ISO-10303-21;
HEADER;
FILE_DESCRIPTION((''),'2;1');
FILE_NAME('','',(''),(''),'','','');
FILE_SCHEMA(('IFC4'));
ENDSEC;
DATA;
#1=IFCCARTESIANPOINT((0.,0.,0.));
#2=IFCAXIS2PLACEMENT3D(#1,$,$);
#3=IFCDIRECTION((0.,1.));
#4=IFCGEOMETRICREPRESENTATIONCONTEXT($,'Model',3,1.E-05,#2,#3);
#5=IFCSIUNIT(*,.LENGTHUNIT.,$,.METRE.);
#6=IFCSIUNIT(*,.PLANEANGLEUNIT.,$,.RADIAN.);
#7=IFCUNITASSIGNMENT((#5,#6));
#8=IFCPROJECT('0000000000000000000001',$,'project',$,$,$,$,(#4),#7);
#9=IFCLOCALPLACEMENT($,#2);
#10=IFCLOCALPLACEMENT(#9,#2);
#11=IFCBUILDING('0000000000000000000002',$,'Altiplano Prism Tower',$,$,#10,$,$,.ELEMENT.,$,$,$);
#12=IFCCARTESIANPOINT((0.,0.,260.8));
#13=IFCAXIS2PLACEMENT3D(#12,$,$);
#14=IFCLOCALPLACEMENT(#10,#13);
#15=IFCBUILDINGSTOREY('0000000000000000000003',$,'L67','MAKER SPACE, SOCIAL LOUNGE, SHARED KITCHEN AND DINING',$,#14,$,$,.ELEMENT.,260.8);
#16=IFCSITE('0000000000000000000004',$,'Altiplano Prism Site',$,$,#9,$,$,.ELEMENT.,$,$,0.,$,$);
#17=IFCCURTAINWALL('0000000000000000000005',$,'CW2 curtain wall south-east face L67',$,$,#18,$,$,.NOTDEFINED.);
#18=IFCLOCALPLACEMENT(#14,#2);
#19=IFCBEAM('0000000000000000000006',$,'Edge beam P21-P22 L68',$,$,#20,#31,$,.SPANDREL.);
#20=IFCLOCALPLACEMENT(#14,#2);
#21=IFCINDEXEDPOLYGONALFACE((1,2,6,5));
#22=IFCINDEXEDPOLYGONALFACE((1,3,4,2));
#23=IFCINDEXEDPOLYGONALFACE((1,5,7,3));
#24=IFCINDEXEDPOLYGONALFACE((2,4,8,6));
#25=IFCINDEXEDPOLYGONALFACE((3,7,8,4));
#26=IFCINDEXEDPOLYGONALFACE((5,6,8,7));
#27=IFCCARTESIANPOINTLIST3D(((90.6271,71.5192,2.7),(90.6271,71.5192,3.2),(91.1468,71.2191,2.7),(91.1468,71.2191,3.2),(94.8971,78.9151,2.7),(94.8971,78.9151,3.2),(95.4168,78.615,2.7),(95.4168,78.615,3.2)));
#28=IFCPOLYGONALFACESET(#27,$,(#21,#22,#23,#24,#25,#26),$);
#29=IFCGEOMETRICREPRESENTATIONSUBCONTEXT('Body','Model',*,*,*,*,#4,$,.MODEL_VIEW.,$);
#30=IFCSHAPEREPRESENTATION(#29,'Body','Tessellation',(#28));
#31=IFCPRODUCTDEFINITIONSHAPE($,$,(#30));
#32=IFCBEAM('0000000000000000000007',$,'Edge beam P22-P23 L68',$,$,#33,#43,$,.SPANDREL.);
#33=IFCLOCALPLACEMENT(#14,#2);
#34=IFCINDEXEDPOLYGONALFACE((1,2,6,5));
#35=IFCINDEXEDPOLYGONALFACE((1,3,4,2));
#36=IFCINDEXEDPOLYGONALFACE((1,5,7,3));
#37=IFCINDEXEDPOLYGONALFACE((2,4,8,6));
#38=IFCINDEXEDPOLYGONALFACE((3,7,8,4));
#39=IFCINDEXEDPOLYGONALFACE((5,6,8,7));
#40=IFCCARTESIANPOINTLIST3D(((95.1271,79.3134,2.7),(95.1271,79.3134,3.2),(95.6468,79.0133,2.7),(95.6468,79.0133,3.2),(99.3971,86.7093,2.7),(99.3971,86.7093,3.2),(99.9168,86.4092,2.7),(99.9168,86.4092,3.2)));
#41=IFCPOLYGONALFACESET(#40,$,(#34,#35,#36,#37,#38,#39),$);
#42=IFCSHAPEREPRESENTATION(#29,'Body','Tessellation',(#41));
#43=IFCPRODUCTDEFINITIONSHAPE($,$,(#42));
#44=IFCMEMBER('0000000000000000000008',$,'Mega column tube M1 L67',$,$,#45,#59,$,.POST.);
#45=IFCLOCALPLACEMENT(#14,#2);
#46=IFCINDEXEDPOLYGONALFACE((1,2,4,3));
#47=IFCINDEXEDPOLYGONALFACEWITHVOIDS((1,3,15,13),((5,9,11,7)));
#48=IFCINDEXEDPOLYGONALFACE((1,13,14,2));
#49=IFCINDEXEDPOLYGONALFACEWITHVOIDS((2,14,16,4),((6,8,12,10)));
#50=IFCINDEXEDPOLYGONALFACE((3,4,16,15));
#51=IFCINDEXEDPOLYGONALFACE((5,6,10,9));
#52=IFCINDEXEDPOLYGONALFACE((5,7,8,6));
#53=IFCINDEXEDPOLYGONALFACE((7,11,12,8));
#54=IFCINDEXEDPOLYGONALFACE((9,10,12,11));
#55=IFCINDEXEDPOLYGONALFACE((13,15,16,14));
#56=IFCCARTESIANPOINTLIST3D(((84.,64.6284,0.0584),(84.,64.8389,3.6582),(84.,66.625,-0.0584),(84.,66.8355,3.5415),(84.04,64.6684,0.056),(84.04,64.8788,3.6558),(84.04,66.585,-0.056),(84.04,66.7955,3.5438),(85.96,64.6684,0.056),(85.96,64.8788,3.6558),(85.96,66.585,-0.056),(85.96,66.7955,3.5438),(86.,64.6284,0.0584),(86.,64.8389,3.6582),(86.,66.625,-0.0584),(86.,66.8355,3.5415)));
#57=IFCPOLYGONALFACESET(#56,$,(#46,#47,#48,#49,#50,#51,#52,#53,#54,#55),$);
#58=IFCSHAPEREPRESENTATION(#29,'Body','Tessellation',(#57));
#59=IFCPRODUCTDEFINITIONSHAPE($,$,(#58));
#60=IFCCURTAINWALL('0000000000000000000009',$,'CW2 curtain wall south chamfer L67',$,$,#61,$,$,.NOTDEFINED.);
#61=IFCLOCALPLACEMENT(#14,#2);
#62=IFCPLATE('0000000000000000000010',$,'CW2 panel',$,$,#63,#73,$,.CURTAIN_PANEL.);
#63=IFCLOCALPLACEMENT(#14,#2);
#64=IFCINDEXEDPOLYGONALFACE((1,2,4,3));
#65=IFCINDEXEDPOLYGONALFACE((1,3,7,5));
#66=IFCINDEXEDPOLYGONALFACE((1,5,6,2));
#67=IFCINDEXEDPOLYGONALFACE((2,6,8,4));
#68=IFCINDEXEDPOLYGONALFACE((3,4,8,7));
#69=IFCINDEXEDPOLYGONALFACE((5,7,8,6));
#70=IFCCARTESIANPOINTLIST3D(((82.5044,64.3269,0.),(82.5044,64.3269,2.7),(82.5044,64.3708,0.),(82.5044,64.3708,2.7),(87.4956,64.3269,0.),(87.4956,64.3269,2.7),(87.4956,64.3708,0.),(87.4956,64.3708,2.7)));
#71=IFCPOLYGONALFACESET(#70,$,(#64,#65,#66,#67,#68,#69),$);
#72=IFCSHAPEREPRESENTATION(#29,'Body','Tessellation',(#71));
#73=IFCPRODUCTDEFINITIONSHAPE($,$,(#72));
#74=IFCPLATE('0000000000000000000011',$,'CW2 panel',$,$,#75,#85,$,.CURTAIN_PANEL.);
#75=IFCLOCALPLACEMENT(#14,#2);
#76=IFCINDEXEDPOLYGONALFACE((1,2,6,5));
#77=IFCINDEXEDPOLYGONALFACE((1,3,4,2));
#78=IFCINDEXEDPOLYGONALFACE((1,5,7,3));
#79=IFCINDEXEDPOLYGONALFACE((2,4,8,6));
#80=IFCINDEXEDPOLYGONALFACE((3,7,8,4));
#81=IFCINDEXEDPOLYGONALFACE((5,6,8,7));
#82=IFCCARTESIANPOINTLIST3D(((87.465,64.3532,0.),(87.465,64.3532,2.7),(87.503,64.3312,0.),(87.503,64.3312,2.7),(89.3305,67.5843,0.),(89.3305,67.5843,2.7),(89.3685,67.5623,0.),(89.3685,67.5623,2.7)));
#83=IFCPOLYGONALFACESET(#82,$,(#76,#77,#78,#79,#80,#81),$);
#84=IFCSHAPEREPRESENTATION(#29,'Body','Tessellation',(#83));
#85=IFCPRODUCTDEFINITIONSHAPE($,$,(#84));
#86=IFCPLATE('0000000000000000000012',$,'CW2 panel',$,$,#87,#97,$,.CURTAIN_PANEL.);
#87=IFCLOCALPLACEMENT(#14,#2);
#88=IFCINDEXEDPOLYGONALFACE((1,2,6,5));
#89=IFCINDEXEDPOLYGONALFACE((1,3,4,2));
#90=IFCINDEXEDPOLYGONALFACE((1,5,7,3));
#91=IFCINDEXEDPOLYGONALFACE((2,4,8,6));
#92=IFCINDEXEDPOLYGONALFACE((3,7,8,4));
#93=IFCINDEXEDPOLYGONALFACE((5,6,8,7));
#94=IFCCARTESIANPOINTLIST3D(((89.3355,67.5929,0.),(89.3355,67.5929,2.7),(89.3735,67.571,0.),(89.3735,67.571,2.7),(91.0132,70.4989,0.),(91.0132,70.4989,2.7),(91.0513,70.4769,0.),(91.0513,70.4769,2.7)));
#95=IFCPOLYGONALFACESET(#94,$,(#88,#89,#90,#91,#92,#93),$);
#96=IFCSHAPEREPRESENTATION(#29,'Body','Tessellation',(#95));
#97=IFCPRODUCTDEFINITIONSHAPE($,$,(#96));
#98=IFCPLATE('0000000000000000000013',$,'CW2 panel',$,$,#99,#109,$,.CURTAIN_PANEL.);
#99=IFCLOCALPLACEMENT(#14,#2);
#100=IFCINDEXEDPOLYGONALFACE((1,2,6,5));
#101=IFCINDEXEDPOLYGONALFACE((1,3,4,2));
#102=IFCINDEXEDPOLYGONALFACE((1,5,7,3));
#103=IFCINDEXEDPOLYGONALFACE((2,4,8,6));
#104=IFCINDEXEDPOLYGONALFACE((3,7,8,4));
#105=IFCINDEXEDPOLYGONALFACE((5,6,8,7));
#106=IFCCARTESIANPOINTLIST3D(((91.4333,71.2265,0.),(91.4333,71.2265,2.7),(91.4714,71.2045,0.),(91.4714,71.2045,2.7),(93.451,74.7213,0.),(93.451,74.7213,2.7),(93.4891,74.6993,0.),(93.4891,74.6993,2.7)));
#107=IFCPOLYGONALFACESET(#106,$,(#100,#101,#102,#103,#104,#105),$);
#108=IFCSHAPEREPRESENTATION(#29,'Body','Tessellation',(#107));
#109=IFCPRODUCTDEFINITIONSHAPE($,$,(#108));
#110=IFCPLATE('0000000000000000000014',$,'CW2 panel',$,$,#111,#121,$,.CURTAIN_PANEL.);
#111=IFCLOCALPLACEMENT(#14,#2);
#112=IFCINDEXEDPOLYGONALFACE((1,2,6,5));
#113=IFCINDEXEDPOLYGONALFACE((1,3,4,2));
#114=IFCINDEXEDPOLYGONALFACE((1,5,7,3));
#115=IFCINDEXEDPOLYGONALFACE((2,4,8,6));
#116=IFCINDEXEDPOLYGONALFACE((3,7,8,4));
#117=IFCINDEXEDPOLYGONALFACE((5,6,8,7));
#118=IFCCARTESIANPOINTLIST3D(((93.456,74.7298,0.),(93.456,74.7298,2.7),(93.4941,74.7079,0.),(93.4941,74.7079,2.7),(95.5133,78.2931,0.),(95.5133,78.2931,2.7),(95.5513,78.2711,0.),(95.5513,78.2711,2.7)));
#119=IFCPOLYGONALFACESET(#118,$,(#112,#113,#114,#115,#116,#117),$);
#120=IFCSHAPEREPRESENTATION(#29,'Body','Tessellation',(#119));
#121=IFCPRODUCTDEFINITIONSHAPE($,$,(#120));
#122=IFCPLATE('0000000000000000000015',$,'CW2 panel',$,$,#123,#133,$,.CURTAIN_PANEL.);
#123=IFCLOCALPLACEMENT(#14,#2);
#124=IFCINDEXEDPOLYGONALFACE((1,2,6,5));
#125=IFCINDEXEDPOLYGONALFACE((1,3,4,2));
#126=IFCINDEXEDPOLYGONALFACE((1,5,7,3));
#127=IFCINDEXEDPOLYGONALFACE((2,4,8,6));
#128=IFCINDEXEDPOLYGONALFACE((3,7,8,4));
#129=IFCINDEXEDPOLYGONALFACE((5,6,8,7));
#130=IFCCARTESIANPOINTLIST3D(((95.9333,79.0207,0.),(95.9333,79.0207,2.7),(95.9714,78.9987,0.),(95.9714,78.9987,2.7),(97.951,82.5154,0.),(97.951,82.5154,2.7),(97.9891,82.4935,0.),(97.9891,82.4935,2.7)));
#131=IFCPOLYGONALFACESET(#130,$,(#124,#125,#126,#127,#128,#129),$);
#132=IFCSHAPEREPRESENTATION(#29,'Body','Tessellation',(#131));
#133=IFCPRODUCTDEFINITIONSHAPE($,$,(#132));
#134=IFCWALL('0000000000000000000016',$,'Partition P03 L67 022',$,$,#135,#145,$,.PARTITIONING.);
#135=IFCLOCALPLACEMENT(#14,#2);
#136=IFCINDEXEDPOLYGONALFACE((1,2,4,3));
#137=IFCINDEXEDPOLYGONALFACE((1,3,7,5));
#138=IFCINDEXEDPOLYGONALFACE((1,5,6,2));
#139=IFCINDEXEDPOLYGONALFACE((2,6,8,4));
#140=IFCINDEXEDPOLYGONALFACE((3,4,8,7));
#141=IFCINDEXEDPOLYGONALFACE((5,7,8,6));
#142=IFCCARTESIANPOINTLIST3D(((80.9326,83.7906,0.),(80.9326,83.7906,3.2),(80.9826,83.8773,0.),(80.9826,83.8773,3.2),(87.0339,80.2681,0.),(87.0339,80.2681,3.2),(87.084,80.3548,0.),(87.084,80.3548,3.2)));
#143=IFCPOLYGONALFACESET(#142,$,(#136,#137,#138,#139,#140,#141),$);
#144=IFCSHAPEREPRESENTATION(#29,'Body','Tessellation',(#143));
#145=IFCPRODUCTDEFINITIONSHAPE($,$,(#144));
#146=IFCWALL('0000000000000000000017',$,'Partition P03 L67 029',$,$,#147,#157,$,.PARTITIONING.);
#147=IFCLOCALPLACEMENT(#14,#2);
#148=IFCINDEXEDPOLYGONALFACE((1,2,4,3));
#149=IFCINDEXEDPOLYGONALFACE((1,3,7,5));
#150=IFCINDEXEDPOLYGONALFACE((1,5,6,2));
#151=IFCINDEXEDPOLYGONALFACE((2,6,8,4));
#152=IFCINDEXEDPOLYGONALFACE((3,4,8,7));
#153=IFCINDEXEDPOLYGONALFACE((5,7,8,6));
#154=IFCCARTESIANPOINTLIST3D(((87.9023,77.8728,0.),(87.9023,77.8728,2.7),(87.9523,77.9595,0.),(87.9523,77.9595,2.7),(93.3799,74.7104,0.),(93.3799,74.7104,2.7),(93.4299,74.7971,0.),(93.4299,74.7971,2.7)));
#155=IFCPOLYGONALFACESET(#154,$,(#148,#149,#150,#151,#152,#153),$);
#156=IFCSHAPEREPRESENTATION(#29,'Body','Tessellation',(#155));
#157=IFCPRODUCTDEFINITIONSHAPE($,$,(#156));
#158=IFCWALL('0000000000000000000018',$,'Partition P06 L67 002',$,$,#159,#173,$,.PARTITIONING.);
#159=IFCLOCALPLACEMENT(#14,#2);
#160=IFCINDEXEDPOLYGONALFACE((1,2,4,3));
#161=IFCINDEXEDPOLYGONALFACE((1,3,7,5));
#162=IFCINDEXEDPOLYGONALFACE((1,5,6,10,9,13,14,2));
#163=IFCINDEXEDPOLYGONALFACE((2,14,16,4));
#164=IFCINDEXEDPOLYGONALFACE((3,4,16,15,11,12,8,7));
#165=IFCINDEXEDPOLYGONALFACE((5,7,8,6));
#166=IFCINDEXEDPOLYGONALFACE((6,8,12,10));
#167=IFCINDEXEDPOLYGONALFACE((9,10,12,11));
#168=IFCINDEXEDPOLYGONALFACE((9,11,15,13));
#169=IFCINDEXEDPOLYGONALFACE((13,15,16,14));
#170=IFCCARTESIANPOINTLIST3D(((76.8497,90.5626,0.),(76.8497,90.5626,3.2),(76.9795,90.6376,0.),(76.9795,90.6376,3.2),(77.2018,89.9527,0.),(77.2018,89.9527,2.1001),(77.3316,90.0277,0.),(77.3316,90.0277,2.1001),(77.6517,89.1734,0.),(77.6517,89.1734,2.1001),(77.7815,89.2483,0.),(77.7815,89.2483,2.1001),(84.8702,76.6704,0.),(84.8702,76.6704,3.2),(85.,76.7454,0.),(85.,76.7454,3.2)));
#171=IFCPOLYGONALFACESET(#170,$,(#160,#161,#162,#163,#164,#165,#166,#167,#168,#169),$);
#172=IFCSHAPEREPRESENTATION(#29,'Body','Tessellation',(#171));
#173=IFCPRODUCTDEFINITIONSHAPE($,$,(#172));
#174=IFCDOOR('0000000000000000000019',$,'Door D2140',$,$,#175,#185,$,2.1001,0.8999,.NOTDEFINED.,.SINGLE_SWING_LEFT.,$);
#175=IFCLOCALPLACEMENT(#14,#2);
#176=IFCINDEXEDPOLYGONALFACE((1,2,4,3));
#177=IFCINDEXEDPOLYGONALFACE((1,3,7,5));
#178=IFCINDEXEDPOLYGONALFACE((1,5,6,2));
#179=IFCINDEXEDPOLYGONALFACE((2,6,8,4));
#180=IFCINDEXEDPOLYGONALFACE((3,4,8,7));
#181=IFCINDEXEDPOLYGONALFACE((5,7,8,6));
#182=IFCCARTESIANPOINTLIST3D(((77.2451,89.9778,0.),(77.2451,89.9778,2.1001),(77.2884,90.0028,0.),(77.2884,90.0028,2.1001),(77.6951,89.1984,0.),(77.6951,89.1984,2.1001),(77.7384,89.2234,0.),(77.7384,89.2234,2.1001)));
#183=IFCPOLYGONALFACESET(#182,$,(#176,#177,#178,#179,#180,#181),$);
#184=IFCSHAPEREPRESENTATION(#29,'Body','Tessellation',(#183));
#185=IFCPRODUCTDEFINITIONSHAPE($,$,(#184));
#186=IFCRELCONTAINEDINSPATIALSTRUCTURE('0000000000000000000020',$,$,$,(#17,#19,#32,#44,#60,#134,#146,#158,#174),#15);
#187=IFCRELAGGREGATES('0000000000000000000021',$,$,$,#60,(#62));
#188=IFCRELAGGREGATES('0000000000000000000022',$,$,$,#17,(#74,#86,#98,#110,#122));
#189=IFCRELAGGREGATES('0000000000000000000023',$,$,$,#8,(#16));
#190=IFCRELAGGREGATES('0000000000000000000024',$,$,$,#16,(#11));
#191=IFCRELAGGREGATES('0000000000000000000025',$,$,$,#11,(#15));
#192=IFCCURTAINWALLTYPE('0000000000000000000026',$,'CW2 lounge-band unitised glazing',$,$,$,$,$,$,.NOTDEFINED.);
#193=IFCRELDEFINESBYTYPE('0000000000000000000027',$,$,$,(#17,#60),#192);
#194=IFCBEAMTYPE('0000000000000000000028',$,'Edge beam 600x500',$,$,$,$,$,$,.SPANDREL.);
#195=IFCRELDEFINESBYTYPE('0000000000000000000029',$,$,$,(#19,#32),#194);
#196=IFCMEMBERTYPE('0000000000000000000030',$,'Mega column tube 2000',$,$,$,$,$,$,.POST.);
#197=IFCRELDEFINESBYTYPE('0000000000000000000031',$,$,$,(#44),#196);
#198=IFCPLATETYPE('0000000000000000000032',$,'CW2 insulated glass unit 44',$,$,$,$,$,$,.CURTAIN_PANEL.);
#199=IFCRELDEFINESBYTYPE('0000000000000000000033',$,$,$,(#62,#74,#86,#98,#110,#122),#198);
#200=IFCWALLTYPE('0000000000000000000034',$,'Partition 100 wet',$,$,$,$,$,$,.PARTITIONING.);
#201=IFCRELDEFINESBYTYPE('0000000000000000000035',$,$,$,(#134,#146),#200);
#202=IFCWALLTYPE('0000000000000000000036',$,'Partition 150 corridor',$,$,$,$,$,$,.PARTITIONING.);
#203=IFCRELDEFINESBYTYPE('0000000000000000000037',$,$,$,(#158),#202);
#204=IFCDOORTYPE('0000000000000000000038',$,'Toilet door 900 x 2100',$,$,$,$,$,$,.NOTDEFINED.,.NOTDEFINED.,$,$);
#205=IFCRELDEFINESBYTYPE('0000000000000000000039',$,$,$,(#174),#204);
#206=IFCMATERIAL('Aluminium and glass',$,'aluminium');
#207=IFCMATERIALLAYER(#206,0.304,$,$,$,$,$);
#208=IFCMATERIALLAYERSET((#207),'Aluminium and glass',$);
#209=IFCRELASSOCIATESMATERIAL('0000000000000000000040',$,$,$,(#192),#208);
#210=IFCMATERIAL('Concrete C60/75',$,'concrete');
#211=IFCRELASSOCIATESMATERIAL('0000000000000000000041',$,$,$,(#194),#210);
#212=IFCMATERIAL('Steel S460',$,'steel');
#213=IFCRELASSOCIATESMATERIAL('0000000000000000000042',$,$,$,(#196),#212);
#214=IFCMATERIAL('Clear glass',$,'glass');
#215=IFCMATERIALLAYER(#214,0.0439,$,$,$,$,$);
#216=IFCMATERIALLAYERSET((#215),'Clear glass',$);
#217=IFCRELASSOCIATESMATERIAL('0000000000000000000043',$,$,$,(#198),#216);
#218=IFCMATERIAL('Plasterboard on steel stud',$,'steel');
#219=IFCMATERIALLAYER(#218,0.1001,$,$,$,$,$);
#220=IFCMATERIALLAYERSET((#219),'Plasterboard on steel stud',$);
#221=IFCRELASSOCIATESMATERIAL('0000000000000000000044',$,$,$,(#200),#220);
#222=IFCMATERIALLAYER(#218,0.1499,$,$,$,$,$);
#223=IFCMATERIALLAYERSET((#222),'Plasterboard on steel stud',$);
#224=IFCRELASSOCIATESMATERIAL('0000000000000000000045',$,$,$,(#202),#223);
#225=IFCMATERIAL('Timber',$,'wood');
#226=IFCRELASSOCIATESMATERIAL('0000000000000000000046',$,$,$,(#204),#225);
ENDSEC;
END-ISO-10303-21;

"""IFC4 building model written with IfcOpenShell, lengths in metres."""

from ifc_helpers import new_model, si_unit, direction, frame, frame_2d, origin, origin_2d, place, context, subcontext, project, spatial, rectangle, hollow_rectangle, extrude, material, layer, layer_set, material_profile, profile_set, type_object, element, fill, aggregate, save


model = new_model("IFC4")

# Units and contexts
model_context = context("Model", 3, precision=1e-05, world=origin(), true_north=direction((0.0, 1.0)))
body_context = subcontext(model_context, "Body", "Model", "MODEL_VIEW")
ifc_project = project(units=[si_unit("LENGTHUNIT", "METRE"), si_unit("PLANEANGLEUNIT", "RADIAN")], contexts=[model_context])

# Site, building, storey
site_placement = place(None, origin())
site = spatial("IfcSite", under=ifc_project, at=site_placement, Name="Altiplano Prism Site", CompositionType="ELEMENT", RefElevation=0.0)
building_placement = place(site_placement, origin())
building = spatial("IfcBuilding", under=site, at=building_placement, Name="Altiplano Prism Tower", CompositionType="ELEMENT")
storey_placement = place(building_placement, frame((0.0, 0.0, 260.8)))
storey = spatial("IfcBuildingStorey", under=building, at=storey_placement, Name="L67", Description="MAKER SPACE, SOCIAL LOUNGE, SHARED KITCHEN AND DINING", CompositionType="ELEMENT", Elevation=260.8)

# Shared definitions
ifc_material_1 = material(Name="Concrete C60/75", Category="concrete")

# Curtain wall
ifc_material_2 = material(Name="Aluminium and glass", Category="aluminium")
ifc_layer_1 = layer(ifc_material_2, 0.304)
ifc_layer_set_1 = layer_set([ifc_layer_1], Name="Aluminium and glass")
curtain_wall_type = type_object("IfcCurtainWallType", Name="CW2 lounge-band unitised glazing", PredefinedType="NOTDEFINED", material=ifc_layer_set_1)
curtain_wall_1_placement = place(storey_placement, origin())
curtain_wall_1 = element("IfcCurtainWall", 1, at=curtain_wall_1_placement, inside=storey, type_object=curtain_wall_type, Name="CW2 curtain wall south-east face L67", PredefinedType="NOTDEFINED")

# Beams
ifc_material_profile_1 = material_profile(ifc_material_1, rectangle(XDim=0.6001, YDim=0.5, at=origin_2d()), Name="Edge beam 600x500")
ifc_profile_set_1 = profile_set([ifc_material_profile_1], Name="Concrete C60/75")
beam_type = type_object("IfcBeamType", Name="Edge beam 600x500", PredefinedType="SPANDREL", material=ifc_profile_set_1)
for number, where, z_axis, x_axis, name in (
    (2, (90.887, 71.3691, 2.95), (0.499995, 0.866028, 0.0), (-0.866028, 0.499995, 0.0), "Edge beam P21-P22 L68"),
    (3, (95.387, 79.1633, 2.95), (0.499995, 0.866028, 0.0), (-0.866028, 0.499995, 0.0), "Edge beam P22-P23 L68"),
):
    element("IfcBeam", number, at=place(storey_placement, frame(where, z_axis=z_axis, x_axis=x_axis)), inside=storey, type_object=beam_type, Name=name, PredefinedType="SPANDREL", context=body_context, shape_type="SweptSolid", body=[
        extrude(rectangle(XDim=0.6001, YDim=0.5, at=origin_2d()), origin(), (0.0, 0.0, 1.0), 8.54),
    ])

# Member
ifc_material_3 = material(Name="Steel S460", Category="steel")
ifc_material_profile_2 = material_profile(ifc_material_3, hollow_rectangle(XDim=2.0, YDim=2.0, WallThickness=0.04, at=origin_2d()), Name="Mega column tube 2000")
ifc_profile_set_2 = profile_set([ifc_material_profile_2], Name="Steel S460")
member_type_1 = type_object("IfcMemberType", Name="Mega column tube 2000", PredefinedType="POST", material=ifc_profile_set_2)
member_1_placement = place(storey_placement, frame((85.0, 65.6267, 0.0), z_axis=(0.0, 0.058361, 0.998296), x_axis=(-1.0, 0.0, 0.0)))
element("IfcMember", 4, at=member_1_placement, inside=storey, type_object=member_type_1, Name="Mega column tube M1 L67", PredefinedType="POST", context=body_context, shape_type="SweptSolid", body=[
    extrude(hollow_rectangle(XDim=2.0, YDim=2.0, WallThickness=0.04, at=origin_2d()), origin(), (0.0, 0.0, 1.0), 3.606),
])

# Curtain wall, plate
curtain_wall_2_placement = place(storey_placement, origin())
curtain_wall_2 = element("IfcCurtainWall", 5, at=curtain_wall_2_placement, inside=storey, type_object=curtain_wall_type, Name="CW2 curtain wall south chamfer L67", PredefinedType="NOTDEFINED")
ifc_material_4 = material(Name="Clear glass", Category="glass")
ifc_layer_2 = layer(ifc_material_4, 0.0439)
ifc_layer_set_2 = layer_set([ifc_layer_2], Name="Clear glass")
plate_type = type_object("IfcPlateType", Name="CW2 insulated glass unit 44", PredefinedType="CURTAIN_PANEL", material=ifc_layer_set_2)
plate_1_placement = place(storey_placement, frame((85.0, 64.3489, 0.0), z_axis=(0.0, 0.0, 1.0), x_axis=(1.0, 0.0, 0.0)))
plate_1 = element("IfcPlate", 6, at=plate_1_placement, type_object=plate_type, Name="CW2 panel", PredefinedType="CURTAIN_PANEL", context=body_context, shape_type="SweptSolid", body=[
    extrude(rectangle(XDim=4.9912, YDim=0.0439, at=origin_2d()), origin(), (0.0, 0.0, 1.0), 2.7),
])
aggregate(curtain_wall_2, [plate_1])

# Plates
plate_2_placement = place(storey_placement, frame((88.4167, 65.9578, 0.0), z_axis=(0.0, 0.0, 1.0), x_axis=(0.5, 0.866025, 0.0)))
plate_2 = element("IfcPlate", 7, at=plate_2_placement, type_object=plate_type, Name="CW2 panel", PredefinedType="CURTAIN_PANEL", context=body_context, shape_type="SweptSolid", body=[
    extrude(rectangle(XDim=3.731, YDim=0.0439, at=origin_2d()), origin(), (0.0, 0.0, 1.0), 2.7),
])
plate_3_placement = place(storey_placement, frame((90.1934, 69.0349, 0.0), z_axis=(0.0, 0.0, 1.0), x_axis=(0.5, 0.866025, 0.0)))
plate_3 = element("IfcPlate", 8, at=plate_3_placement, type_object=plate_type, Name="CW2 panel", PredefinedType="CURTAIN_PANEL", context=body_context, shape_type="SweptSolid", body=[
    extrude(rectangle(XDim=3.3555, YDim=0.0439, at=origin_2d()), origin(), (0.0, 0.0, 1.0), 2.7),
])
plate_4_placement = place(storey_placement, frame((92.4612, 72.9629, 0.0), z_axis=(0.0, 0.0, 1.0), x_axis=(0.5, 0.866025, 0.0)))
plate_4 = element("IfcPlate", 9, at=plate_4_placement, type_object=plate_type, Name="CW2 panel", PredefinedType="CURTAIN_PANEL", context=body_context, shape_type="SweptSolid", body=[
    extrude(rectangle(XDim=4.0354, YDim=0.0439, at=origin_2d()), origin(), (0.0, 0.0, 1.0), 2.7),
])
plate_5_placement = place(storey_placement, frame((94.5037, 76.5005, 0.0), z_axis=(0.0, 0.0, 1.0), x_axis=(0.5, 0.866025, 0.0)))
plate_5 = element("IfcPlate", 10, at=plate_5_placement, type_object=plate_type, Name="CW2 panel", PredefinedType="CURTAIN_PANEL", context=body_context, shape_type="SweptSolid", body=[
    extrude(rectangle(XDim=4.1145, YDim=0.0439, at=origin_2d()), origin(), (0.0, 0.0, 1.0), 2.7),
])
plate_6_placement = place(storey_placement, frame((96.9612, 80.7571, 0.0), z_axis=(0.0, 0.0, 1.0), x_axis=(0.5, 0.866025, 0.0)))
plate_6 = element("IfcPlate", 11, at=plate_6_placement, type_object=plate_type, Name="CW2 panel", PredefinedType="CURTAIN_PANEL", context=body_context, shape_type="SweptSolid", body=[
    extrude(rectangle(XDim=4.0354, YDim=0.0439, at=origin_2d()), origin(), (0.0, 0.0, 1.0), 2.7),
])
aggregate(curtain_wall_1, [plate_2, plate_3, plate_4, plate_5, plate_6])

# Walls
ifc_material_5 = material(Name="Plasterboard on steel stud", Category="steel")
ifc_layer_3 = layer(ifc_material_5, 0.1001)
ifc_layer_set_3 = layer_set([ifc_layer_3], Name="Plasterboard on steel stud")
wall_type_1 = type_object("IfcWallType", Name="Partition 100 wet", PredefinedType="PARTITIONING", material=ifc_layer_set_3)
wall_1_placement = place(storey_placement, frame((87.0588, 80.3115, 0.0), z_axis=(0.0, 0.0, 1.0), x_axis=(-0.866034, 0.499985, 0.0)))
element("IfcWall", 12, at=wall_1_placement, inside=storey, type_object=wall_type_1, Name="Partition P03 L67 022", PredefinedType="PARTITIONING", context=body_context, shape_type="SweptSolid", body=[
    extrude(rectangle(XDim=7.0452, YDim=0.1001, at=frame_2d((3.5225, 0.0))), origin(), (0.0, 0.0, 1.0), 3.2),
])
wall_2_placement = place(storey_placement, frame((93.405, 74.7537, 0.0), z_axis=(0.0, 0.0, 1.0), x_axis=(-0.866033, 0.499988, 0.0)))
element("IfcWall", 13, at=wall_2_placement, inside=storey, type_object=wall_type_1, Name="Partition P03 L67 029", PredefinedType="PARTITIONING", context=body_context, shape_type="SweptSolid", body=[
    extrude(rectangle(XDim=6.325, YDim=0.1001, at=frame_2d((3.1626, 0.0))), origin(), (0.0, 0.0, 1.0), 2.7),
])

# Wall, opening, door
ifc_layer_4 = layer(ifc_material_5, 0.1499)
ifc_layer_set_4 = layer_set([ifc_layer_4], Name="Plasterboard on steel stud")
wall_type_2 = type_object("IfcWallType", Name="Partition 150 corridor", PredefinedType="PARTITIONING", material=ifc_layer_set_4)
wall_3_placement = place(storey_placement, frame((84.9351, 76.708, 0.0), z_axis=(0.0, 0.0, 1.0), x_axis=(-0.499996, 0.866028, 0.0)))
wall_3 = element("IfcWall", 14, at=wall_3_placement, inside=storey, type_object=wall_type_2, Name="Partition P06 L67 002", PredefinedType="PARTITIONING", context=body_context, shape_type="SweptSolid", body=[
    extrude(rectangle(XDim=16.0413, YDim=0.1499, at=frame_2d((8.0205, 0.0))), origin(), (0.0, 0.0, 1.0), 3.2),
])
opening_1_placement = place(wall_3_placement, frame((14.437, 0.0, 0.0)))
opening_1 = element("IfcOpeningElement", 15, at=opening_1_placement, cuts=wall_3, PredefinedType="OPENING", context=body_context, shape_type="SweptSolid", body=[
    extrude(rectangle(XDim=0.8999, YDim=2.1001, at=frame_2d((0.45, 1.05))), frame((0.0, 0.0854, 0.0), z_axis=(0.0, -1.0, 0.0), x_axis=(1.0, 0.0, 0.0)), (0.0, 0.0, 1.0), 0.1709),
])
ifc_material_6 = material(Name="Timber", Category="wood")
door_type_1 = type_object("IfcDoorType", Name="Toilet door 900 x 2100", OperationType="NOTDEFINED", PredefinedType="NOTDEFINED", material=ifc_material_6)
door_1_placement = place(opening_1_placement, origin())
door_1 = element("IfcDoor", 16, at=door_1_placement, inside=storey, type_object=door_type_1, Name="Door D2140", OperationType="SINGLE_SWING_LEFT", OverallHeight=2.1001, OverallWidth=0.8999, PredefinedType="NOTDEFINED", context=body_context, shape_type="SweptSolid", body=[
    extrude(rectangle(XDim=0.8999, YDim=2.1001, at=frame_2d((0.45, 1.05))), frame((0.0, 0.0249, 0.0), z_axis=(0.0, -1.0, 0.0), x_axis=(1.0, 0.0, 0.0)), (0.0, 0.0, 1.0), 0.05),
])
fill(opening_1, door_1)

save(model, "model.ifc")
